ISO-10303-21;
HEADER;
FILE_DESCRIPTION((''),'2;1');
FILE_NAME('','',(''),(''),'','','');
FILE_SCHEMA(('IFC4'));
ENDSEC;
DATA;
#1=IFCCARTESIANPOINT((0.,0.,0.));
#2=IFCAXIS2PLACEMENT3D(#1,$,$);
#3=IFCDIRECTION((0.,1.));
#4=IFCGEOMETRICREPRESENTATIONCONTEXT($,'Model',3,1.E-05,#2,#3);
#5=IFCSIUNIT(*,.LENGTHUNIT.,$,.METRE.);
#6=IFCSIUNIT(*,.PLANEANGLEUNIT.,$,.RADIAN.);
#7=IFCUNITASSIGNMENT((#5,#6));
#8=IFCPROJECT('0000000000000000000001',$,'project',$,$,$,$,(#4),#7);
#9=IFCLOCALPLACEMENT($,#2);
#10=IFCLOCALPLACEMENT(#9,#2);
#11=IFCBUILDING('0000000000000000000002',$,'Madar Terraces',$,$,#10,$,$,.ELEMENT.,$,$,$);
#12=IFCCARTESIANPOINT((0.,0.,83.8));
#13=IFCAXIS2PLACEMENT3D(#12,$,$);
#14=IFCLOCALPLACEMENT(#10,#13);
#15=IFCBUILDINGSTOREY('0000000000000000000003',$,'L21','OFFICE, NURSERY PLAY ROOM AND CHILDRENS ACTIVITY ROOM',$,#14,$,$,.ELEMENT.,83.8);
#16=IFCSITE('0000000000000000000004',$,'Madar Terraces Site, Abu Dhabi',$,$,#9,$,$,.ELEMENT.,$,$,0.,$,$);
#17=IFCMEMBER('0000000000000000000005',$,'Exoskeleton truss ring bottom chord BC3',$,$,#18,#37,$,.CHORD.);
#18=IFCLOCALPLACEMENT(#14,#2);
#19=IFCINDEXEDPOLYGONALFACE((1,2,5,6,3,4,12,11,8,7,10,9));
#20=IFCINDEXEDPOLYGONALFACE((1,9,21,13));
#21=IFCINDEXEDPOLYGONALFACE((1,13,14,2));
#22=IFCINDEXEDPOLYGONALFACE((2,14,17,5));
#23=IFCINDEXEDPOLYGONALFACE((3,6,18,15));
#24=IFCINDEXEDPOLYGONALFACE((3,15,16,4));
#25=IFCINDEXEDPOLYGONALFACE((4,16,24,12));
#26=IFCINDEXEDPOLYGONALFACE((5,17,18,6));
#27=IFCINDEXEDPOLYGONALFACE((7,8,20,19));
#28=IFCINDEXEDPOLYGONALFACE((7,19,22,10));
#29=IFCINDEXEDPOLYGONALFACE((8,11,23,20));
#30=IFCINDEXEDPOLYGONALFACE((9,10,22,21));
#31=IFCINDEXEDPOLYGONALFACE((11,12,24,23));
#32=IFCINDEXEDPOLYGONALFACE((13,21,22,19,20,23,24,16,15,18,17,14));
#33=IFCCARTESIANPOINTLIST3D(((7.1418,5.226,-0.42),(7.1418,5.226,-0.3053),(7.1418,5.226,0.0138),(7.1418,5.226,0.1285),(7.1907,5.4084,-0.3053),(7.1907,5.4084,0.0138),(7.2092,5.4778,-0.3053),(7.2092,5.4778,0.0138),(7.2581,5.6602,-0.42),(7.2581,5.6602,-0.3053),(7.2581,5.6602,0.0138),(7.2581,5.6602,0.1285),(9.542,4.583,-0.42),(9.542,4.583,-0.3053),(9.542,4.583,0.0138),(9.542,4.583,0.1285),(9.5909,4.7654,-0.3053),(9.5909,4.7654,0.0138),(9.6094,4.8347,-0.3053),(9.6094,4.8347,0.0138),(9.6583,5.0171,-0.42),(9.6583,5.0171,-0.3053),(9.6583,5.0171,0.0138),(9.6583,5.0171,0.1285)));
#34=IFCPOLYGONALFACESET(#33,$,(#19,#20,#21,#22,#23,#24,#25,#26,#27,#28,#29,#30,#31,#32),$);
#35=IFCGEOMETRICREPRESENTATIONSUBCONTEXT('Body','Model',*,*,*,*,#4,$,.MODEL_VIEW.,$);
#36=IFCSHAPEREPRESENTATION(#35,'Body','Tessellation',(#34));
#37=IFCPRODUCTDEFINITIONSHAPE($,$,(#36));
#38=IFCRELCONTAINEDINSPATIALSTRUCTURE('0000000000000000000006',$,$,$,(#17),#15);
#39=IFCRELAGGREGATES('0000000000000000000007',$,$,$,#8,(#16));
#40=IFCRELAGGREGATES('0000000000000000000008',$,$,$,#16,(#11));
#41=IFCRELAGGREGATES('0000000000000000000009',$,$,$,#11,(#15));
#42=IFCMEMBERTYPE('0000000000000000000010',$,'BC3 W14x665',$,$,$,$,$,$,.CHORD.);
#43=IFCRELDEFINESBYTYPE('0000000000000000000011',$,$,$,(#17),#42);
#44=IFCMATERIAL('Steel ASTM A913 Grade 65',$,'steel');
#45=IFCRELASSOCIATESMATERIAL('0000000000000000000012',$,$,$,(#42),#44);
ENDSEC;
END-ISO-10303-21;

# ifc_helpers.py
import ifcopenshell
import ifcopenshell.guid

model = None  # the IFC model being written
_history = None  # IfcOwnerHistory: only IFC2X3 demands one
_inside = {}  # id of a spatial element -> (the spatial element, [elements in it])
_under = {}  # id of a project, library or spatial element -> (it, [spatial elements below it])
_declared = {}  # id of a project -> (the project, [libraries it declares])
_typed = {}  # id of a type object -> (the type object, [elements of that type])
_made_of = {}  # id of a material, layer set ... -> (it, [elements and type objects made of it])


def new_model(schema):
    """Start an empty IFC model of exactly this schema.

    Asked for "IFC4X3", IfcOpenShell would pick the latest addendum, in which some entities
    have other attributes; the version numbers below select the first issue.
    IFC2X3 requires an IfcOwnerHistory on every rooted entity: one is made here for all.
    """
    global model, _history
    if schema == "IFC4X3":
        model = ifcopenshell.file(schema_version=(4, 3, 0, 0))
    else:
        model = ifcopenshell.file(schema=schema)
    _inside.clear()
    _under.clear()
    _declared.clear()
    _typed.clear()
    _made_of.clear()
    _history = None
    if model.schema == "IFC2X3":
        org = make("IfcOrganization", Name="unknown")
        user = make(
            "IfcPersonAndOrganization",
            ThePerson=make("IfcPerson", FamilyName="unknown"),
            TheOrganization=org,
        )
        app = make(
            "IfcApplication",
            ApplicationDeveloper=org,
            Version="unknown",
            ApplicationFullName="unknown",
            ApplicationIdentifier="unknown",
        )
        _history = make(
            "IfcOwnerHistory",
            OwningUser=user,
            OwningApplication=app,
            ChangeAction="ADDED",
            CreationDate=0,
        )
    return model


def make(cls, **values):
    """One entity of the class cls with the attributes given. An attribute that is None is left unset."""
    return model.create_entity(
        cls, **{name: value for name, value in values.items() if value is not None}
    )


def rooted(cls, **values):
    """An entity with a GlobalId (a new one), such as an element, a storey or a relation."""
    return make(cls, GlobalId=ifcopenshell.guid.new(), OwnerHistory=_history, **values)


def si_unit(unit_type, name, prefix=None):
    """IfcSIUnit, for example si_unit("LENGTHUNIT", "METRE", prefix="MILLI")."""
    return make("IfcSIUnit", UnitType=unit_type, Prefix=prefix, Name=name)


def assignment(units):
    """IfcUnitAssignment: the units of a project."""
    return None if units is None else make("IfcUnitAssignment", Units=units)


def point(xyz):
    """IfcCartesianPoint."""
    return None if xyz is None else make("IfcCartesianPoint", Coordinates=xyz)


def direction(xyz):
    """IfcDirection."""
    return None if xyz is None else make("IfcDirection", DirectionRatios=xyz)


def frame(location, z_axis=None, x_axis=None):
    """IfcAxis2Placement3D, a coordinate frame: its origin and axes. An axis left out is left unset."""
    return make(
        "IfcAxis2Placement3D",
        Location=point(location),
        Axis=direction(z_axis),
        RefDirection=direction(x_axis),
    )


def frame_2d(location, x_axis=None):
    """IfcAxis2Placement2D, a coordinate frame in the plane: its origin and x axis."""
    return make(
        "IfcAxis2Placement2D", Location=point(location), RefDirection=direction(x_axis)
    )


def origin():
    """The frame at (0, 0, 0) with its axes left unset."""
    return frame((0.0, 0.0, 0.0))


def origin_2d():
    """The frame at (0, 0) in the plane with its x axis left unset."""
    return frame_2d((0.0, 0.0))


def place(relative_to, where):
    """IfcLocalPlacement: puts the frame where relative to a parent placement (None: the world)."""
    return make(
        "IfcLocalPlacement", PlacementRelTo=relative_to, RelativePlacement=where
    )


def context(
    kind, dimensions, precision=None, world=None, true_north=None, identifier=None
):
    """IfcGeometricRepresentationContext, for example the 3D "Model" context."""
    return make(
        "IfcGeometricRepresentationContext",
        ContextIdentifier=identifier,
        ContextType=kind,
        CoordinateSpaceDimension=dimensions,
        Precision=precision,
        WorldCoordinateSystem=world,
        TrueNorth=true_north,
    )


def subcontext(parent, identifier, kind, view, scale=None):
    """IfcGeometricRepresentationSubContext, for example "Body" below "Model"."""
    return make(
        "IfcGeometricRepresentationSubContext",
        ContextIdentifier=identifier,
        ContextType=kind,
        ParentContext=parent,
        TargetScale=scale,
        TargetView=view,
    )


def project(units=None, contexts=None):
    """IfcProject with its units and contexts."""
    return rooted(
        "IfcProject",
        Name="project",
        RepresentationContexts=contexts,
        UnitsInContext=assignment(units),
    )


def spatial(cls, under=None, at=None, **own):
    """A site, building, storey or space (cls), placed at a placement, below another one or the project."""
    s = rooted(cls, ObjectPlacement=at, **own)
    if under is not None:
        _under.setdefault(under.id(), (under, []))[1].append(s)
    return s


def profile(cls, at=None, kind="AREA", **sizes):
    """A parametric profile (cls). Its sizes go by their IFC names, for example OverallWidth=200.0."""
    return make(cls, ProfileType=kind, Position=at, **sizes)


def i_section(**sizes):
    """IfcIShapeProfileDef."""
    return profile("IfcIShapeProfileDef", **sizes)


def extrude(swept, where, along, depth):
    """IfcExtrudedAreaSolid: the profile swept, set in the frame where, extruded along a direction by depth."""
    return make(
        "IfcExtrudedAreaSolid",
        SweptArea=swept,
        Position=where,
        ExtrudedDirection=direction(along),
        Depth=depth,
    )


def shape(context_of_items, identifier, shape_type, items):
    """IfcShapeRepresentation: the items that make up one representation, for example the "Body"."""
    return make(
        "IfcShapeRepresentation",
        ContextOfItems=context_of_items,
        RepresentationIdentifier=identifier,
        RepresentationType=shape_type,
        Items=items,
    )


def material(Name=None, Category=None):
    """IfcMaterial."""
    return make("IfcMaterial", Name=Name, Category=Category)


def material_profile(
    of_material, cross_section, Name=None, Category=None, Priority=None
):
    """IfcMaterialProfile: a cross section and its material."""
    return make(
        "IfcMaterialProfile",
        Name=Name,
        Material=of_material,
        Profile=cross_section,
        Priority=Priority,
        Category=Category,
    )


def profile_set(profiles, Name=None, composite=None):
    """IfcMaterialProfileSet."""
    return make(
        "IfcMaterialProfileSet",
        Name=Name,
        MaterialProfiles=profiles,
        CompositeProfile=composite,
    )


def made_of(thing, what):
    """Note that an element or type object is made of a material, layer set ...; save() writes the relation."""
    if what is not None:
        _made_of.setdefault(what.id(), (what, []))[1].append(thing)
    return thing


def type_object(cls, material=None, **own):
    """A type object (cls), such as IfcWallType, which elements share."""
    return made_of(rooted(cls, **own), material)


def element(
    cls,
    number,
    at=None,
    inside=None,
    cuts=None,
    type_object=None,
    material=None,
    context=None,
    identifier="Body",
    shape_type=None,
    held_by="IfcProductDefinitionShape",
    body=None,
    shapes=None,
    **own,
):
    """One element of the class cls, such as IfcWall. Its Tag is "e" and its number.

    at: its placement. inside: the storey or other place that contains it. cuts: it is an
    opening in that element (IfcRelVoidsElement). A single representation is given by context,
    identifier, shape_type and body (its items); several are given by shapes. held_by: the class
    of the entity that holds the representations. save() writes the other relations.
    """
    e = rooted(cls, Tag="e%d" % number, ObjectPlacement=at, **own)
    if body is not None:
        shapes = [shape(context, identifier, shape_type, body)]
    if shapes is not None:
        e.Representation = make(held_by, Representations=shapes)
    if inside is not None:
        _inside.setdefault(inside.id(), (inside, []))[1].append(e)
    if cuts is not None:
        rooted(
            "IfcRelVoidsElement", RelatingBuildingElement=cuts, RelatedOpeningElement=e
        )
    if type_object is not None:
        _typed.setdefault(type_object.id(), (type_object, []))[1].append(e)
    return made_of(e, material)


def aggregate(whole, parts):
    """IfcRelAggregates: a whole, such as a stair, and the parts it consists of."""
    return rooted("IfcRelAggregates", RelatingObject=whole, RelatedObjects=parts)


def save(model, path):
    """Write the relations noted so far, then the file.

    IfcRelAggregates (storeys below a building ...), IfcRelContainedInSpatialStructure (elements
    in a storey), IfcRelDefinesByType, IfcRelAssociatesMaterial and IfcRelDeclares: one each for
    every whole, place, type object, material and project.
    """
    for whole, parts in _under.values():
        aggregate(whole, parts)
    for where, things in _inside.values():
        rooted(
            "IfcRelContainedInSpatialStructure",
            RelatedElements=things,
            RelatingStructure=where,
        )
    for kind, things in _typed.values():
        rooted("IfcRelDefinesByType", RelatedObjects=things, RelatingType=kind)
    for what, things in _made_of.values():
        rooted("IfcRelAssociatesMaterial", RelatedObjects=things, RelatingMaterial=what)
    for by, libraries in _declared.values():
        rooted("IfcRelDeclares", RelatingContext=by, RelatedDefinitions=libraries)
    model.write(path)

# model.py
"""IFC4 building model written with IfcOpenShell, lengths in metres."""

from ifc_helpers import new_model, si_unit, direction, frame, origin, origin_2d, place, context, subcontext, project, spatial, i_section, extrude, material, material_profile, profile_set, type_object, element, save


model = new_model("IFC4")

# Units and contexts
model_context = context("Model", 3, precision=1e-05, world=origin(), true_north=direction((0.0, 1.0)))
body_context = subcontext(model_context, "Body", "Model", "MODEL_VIEW")
ifc_project = project(units=[si_unit("LENGTHUNIT", "METRE"), si_unit("PLANEANGLEUNIT", "RADIAN")], contexts=[model_context])

# Site, building, storey
site_placement = place(None, origin())
site = spatial("IfcSite", under=ifc_project, at=site_placement, Name="Madar Terraces Site, Abu Dhabi", CompositionType="ELEMENT", RefElevation=0.0)
building_placement = place(site_placement, origin())
building = spatial("IfcBuilding", under=site, at=building_placement, Name="Madar Terraces", CompositionType="ELEMENT")
storey_placement = place(building_placement, frame((0.0, 0.0, 83.8)))
storey = spatial("IfcBuildingStorey", under=building, at=storey_placement, Name="L21", Description="OFFICE, NURSERY PLAY ROOM AND CHILDRENS ACTIVITY ROOM", CompositionType="ELEMENT", Elevation=83.8)

# Member
ifc_material_1 = material(Name="Steel ASTM A913 Grade 65", Category="steel")
ifc_material_profile = material_profile(ifc_material_1, i_section(OverallWidth=0.4495, OverallDepth=0.5486, WebThickness=0.0718, FlangeThickness=0.1147, at=origin_2d()), Name="W14x665")
ifc_profile_set = profile_set([ifc_material_profile], Name="Steel ASTM A913 Grade 65")
member_type = type_object("IfcMemberType", Name="BC3 W14x665", PredefinedType="CHORD", material=ifc_profile_set)
member_placement = place(storey_placement, frame((7.2, 5.4431, -0.1458), z_axis=(0.965931, -0.2588, 0.0), x_axis=(0.2588, 0.965931, 0.0)))
element("IfcMember", 1, at=member_placement, inside=storey, type_object=member_type, Name="Exoskeleton truss ring bottom chord BC3", PredefinedType="CHORD", context=body_context, shape_type="SweptSolid", body=[
    extrude(i_section(OverallWidth=0.4495, OverallDepth=0.5486, WebThickness=0.0718, FlangeThickness=0.1147, at=origin_2d()), origin(), (0.0, 0.0, 1.0), 2.4849),
])

save(model, "model.ifc")
